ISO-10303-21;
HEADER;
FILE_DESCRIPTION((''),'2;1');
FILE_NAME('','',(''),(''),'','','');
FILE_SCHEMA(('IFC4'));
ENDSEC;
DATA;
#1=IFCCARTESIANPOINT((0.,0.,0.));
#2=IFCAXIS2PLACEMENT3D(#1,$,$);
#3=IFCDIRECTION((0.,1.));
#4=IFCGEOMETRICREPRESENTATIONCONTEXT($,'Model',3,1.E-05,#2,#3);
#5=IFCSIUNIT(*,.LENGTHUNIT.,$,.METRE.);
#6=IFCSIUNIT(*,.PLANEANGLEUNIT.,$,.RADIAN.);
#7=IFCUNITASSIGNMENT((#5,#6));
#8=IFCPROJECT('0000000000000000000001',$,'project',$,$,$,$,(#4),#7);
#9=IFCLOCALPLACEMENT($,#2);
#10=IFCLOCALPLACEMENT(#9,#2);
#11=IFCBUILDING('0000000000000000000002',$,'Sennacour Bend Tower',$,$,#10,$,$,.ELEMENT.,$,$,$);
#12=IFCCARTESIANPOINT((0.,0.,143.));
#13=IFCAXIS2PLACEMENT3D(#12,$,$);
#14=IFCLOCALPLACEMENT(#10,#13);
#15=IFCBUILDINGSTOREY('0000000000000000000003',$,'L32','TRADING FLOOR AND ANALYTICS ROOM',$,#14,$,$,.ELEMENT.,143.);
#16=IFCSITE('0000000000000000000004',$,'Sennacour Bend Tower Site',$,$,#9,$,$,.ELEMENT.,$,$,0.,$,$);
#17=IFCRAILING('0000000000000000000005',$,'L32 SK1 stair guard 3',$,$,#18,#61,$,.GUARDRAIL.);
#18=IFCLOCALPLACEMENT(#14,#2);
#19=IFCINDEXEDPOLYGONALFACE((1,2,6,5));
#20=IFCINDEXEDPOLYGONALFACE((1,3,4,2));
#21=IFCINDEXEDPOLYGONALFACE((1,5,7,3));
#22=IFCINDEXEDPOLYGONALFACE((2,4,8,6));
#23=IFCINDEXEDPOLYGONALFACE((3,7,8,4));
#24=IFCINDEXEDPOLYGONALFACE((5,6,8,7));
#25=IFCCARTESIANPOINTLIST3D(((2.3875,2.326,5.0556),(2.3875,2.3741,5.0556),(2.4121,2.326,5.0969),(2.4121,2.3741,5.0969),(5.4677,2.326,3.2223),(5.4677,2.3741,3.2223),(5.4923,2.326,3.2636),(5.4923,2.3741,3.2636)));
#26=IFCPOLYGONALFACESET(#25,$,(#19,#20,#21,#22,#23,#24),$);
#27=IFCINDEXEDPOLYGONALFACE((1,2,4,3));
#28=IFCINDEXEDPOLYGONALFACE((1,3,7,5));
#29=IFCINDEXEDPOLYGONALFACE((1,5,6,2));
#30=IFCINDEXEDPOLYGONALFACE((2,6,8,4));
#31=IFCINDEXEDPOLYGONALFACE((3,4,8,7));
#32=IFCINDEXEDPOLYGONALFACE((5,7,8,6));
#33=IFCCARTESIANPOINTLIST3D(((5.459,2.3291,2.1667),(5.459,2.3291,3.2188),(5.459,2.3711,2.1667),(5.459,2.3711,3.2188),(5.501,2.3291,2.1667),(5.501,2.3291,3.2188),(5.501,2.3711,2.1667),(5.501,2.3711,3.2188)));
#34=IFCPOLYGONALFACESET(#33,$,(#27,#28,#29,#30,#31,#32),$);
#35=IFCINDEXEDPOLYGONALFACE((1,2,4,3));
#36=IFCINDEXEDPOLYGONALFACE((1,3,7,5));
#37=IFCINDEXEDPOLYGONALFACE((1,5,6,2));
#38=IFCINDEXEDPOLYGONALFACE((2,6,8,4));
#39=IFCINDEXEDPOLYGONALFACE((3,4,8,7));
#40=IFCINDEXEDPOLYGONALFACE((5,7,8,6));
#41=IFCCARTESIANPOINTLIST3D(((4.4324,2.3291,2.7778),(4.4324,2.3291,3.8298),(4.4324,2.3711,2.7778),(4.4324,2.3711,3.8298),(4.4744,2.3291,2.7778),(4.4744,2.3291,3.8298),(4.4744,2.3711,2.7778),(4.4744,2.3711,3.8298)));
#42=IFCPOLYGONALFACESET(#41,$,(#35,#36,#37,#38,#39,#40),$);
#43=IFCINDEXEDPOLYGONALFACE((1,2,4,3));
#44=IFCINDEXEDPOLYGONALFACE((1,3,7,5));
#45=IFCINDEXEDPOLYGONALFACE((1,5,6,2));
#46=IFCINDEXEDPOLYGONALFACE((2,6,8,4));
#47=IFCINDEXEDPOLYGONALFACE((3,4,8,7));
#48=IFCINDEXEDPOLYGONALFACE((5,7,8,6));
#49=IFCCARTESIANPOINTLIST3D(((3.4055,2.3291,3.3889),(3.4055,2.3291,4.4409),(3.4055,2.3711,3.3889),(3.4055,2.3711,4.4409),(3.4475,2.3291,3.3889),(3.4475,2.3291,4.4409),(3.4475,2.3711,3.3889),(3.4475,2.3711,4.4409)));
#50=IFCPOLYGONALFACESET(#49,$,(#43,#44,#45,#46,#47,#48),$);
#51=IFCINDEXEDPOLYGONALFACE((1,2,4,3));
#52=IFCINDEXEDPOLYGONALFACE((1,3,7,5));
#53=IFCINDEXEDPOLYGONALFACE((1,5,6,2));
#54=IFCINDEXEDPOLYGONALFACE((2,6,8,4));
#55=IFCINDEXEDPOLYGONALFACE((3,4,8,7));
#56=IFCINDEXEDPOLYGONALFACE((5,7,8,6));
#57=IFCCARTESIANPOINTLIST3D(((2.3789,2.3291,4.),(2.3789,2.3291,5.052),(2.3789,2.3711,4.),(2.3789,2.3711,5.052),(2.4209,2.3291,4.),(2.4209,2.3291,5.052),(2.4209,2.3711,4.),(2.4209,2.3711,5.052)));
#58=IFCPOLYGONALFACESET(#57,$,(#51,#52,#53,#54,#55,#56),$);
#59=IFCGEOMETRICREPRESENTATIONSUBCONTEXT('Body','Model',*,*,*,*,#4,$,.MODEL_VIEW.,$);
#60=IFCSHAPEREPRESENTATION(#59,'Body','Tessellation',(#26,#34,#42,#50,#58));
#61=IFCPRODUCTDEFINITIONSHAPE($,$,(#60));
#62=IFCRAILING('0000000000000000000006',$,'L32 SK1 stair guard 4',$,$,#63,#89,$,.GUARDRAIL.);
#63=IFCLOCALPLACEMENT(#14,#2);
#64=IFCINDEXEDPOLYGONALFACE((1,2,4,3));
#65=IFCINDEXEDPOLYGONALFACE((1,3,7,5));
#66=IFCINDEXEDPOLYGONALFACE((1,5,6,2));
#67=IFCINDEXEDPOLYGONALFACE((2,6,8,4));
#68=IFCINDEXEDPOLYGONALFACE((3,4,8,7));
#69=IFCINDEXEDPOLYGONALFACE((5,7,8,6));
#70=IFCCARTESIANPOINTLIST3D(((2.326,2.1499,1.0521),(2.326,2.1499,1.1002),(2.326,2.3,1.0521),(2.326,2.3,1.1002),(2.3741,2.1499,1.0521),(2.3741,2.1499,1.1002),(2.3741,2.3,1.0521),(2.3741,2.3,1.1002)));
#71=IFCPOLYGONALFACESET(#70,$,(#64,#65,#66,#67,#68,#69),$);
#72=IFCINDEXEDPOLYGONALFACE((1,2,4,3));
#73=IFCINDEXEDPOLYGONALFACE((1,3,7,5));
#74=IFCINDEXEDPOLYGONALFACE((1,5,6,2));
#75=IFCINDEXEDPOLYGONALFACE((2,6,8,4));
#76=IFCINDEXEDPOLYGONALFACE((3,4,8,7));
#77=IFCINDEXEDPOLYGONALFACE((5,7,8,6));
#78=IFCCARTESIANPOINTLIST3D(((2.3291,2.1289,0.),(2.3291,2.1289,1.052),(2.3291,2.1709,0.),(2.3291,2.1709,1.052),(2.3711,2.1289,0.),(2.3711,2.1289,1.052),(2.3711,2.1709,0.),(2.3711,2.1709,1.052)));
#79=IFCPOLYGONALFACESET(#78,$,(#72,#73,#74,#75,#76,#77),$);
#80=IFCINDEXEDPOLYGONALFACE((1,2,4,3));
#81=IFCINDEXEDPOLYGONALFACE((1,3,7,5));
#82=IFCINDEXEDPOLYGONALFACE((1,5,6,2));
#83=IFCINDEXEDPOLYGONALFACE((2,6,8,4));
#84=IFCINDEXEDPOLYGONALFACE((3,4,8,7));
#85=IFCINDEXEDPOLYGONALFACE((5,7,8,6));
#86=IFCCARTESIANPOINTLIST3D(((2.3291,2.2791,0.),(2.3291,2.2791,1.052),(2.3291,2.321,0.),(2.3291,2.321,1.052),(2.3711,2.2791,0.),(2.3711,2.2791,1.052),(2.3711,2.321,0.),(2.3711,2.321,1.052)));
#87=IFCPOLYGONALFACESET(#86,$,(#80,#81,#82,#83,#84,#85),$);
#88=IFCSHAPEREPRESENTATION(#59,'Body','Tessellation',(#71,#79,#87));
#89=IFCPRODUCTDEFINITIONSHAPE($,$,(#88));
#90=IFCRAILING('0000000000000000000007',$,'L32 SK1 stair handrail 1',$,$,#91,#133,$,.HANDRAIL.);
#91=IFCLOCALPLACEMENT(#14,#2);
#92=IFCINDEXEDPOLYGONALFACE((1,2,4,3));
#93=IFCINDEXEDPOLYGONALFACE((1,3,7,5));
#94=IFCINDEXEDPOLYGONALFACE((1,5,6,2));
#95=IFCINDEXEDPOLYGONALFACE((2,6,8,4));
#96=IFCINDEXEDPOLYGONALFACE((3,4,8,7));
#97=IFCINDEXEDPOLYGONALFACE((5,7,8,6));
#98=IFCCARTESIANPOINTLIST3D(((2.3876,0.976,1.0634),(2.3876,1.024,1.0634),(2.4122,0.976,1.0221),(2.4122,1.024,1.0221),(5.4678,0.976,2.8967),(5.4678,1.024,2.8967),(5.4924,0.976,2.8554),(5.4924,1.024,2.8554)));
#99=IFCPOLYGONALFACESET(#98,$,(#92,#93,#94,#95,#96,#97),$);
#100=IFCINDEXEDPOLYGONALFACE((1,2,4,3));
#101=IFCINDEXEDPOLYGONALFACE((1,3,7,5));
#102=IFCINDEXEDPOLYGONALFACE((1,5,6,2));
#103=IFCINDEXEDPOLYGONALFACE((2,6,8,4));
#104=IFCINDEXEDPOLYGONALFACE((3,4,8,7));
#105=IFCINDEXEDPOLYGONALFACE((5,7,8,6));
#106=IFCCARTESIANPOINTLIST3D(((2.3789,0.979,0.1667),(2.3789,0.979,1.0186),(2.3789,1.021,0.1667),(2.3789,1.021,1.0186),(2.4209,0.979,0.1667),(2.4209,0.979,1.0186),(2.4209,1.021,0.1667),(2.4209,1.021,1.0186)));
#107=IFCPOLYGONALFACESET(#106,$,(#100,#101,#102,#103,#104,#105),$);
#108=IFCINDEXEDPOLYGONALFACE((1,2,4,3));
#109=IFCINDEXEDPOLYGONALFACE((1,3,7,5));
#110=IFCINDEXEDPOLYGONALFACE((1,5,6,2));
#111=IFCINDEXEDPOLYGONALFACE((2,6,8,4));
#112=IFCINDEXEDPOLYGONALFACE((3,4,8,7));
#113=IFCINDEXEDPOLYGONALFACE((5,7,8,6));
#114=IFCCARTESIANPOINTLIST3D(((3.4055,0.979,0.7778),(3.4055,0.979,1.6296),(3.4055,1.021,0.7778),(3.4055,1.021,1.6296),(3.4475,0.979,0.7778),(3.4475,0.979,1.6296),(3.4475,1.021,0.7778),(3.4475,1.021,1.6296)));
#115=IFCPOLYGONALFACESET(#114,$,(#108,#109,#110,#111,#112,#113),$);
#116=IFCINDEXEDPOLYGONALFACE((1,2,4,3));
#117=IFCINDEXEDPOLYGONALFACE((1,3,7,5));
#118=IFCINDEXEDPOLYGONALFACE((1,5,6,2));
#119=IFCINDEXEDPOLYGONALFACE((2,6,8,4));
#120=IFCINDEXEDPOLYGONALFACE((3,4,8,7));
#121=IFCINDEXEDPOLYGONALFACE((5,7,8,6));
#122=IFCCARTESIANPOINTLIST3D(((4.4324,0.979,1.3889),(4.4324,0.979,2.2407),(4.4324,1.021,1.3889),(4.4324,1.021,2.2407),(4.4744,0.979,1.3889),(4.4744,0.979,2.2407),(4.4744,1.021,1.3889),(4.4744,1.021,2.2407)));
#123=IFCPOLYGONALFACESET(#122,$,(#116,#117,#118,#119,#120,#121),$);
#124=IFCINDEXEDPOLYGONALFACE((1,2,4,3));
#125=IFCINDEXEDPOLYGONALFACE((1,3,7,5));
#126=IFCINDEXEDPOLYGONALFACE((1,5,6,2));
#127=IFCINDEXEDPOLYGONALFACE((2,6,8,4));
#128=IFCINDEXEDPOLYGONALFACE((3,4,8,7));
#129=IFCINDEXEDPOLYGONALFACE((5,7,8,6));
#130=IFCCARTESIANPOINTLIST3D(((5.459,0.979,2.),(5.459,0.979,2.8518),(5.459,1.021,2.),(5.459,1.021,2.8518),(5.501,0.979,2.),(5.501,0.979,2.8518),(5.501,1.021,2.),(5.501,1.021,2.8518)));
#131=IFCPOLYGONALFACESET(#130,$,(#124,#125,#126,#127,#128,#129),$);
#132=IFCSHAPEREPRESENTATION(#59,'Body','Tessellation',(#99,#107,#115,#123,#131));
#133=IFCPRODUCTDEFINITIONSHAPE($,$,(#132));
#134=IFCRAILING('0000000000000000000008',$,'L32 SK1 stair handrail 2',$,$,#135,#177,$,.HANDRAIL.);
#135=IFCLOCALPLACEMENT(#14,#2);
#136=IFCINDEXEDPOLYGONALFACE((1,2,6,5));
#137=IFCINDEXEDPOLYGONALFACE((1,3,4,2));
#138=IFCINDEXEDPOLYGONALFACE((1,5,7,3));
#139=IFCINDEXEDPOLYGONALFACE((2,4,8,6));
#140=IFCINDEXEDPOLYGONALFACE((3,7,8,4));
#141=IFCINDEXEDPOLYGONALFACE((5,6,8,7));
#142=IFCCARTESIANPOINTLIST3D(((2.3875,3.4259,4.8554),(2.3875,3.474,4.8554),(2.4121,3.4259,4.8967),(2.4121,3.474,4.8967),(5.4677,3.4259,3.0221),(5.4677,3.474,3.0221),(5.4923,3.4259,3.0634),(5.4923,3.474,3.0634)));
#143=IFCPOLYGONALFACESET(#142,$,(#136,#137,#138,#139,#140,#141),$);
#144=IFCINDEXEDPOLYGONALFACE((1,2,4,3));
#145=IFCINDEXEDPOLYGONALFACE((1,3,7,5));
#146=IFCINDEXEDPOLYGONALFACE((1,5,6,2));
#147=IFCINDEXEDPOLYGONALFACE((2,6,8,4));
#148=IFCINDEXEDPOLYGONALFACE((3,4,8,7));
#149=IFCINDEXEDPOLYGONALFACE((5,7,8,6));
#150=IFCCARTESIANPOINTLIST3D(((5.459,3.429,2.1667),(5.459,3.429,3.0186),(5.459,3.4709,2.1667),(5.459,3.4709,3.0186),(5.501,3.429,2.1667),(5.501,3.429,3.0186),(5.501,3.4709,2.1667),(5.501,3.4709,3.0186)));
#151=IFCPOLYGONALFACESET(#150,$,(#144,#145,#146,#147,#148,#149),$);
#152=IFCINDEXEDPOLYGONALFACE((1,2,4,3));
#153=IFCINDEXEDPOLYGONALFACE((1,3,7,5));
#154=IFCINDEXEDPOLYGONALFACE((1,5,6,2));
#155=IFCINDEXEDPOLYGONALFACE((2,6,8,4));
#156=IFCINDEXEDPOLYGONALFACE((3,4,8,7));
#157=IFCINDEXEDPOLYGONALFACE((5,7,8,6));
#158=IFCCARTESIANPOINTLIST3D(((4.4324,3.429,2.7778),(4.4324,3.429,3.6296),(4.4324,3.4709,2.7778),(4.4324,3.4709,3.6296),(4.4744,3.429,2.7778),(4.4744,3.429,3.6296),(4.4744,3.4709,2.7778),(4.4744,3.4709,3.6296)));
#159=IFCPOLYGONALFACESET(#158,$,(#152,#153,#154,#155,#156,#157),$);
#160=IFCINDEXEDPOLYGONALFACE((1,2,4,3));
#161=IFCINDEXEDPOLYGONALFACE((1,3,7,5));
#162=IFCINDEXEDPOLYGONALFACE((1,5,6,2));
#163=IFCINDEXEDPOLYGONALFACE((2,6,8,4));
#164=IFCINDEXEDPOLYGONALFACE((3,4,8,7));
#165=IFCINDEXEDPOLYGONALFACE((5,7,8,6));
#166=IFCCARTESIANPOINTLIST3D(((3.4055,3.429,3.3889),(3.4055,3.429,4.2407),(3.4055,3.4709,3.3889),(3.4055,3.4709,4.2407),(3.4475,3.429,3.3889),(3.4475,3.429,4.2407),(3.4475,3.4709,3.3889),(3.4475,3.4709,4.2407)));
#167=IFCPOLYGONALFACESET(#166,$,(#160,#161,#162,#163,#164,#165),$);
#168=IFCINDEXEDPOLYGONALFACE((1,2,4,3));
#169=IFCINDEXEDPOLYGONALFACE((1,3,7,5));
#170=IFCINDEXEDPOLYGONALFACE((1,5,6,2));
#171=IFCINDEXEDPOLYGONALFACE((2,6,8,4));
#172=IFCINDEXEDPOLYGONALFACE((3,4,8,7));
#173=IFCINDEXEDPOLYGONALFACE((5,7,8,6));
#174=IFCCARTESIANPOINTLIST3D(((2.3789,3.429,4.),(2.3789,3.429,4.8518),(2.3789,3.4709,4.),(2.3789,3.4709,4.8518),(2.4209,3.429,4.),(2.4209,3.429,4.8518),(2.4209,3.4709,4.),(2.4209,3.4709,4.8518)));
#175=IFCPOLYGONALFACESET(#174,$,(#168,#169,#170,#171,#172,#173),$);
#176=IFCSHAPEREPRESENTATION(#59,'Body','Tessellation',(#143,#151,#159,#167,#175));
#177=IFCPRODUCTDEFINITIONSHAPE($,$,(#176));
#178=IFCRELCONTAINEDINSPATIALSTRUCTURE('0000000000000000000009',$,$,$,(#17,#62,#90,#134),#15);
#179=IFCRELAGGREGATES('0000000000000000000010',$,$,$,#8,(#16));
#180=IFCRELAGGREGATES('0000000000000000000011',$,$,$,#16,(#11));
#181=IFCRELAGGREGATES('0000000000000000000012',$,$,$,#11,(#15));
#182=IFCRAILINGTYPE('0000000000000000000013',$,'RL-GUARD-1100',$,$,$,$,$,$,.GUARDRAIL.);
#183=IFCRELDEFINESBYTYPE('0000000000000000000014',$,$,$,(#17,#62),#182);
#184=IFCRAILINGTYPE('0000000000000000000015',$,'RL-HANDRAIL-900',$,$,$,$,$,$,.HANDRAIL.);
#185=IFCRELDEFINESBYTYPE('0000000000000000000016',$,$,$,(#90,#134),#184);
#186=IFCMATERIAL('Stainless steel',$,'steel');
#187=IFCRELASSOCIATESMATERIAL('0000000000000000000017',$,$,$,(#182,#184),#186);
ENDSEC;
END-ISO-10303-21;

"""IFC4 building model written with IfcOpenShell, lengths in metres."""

from ifc_helpers import new_model, si_unit, direction, frame, origin, origin_2d, place, context, subcontext, project, spatial, rectangle, extrude, material, type_object, element, save


model = new_model("IFC4")

# Units and contexts
model_context = context("Model", 3, precision=1e-05, world=origin(), true_north=direction((0.0, 1.0)))
body_context = subcontext(model_context, "Body", "Model", "MODEL_VIEW")
ifc_project = project(units=[si_unit("LENGTHUNIT", "METRE"), si_unit("PLANEANGLEUNIT", "RADIAN")], contexts=[model_context])

# Site, building, storey
site_placement = place(None, origin())
site = spatial("IfcSite", under=ifc_project, at=site_placement, Name="Sennacour Bend Tower Site", CompositionType="ELEMENT", RefElevation=0.0)
building_placement = place(site_placement, origin())
building = spatial("IfcBuilding", under=site, at=building_placement, Name="Sennacour Bend Tower", CompositionType="ELEMENT")
storey_placement = place(building_placement, frame((0.0, 0.0, 143.0)))
storey = spatial("IfcBuildingStorey", under=building, at=storey_placement, Name="L32", Description="TRADING FLOOR AND ANALYTICS ROOM", CompositionType="ELEMENT", Elevation=143.0)

# Railings
ifc_material_1 = material(Name="Stainless steel", Category="steel")
railing_type_1 = type_object("IfcRailingType", Name="RL-GUARD-1100", PredefinedType="GUARDRAIL", material=ifc_material_1)
railing_1_placement = place(storey_placement, frame((5.48, 2.3501, 2.1667)))
element("IfcRailing", 1, at=railing_1_placement, inside=storey, type_object=railing_type_1, Name="L32 SK1 stair guard 3", PredefinedType="GUARDRAIL", context=body_context, shape_type="SweptSolid", body=[
    extrude(rectangle(XDim=0.0481, YDim=0.0481, at=origin_2d()), frame((0.0, 0.0, 1.0762), z_axis=(-0.859309, 0.0, 0.511458), x_axis=(0.0, -1.0, 0.0)), (0.0, 0.0, 1.0), 3.5845),
    extrude(rectangle(XDim=0.042, YDim=0.042, at=origin_2d()), origin(), (0.0, 0.0, 1.0), 1.052),
    extrude(rectangle(XDim=0.042, YDim=0.042, at=origin_2d()), frame((-1.0266, 0.0, 0.6111)), (0.0, 0.0, 1.0), 1.052),
    extrude(rectangle(XDim=0.042, YDim=0.042, at=origin_2d()), frame((-2.0535, 0.0, 1.2222)), (0.0, 0.0, 1.0), 1.052),
    extrude(rectangle(XDim=0.042, YDim=0.042, at=origin_2d()), frame((-3.0801, 0.0, 1.8333)), (0.0, 0.0, 1.0), 1.052),
])
railing_2_placement = place(storey_placement, frame((2.3501, 2.1499, 0.0)))
element("IfcRailing", 2, at=railing_2_placement, inside=storey, type_object=railing_type_1, Name="L32 SK1 stair guard 4", PredefinedType="GUARDRAIL", context=body_context, shape_type="SweptSolid", body=[
    extrude(rectangle(XDim=0.0481, YDim=0.0481, at=origin_2d()), frame((0.0, 0.0, 1.0762), z_axis=(0.0, 1.0, 0.0), x_axis=(-1.0, 0.0, 0.0)), (0.0, 0.0, 1.0), 0.1501),
    extrude(rectangle(XDim=0.042, YDim=0.042, at=origin_2d()), origin(), (0.0, 0.0, 1.0), 1.052),
    extrude(rectangle(XDim=0.042, YDim=0.042, at=origin_2d()), frame((0.0, 0.1501, 0.0)), (0.0, 0.0, 1.0), 1.052),
])
railing_type_2 = type_object("IfcRailingType", Name="RL-HANDRAIL-900", PredefinedType="HANDRAIL", material=ifc_material_1)
railing_3_placement = place(storey_placement, frame((2.3999, 1.0, 0.1667)))
element("IfcRailing", 3, at=railing_3_placement, inside=storey, type_object=railing_type_2, Name="L32 SK1 stair handrail 1", PredefinedType="HANDRAIL", context=body_context, shape_type="SweptSolid", body=[
    extrude(rectangle(XDim=0.0481, YDim=0.0481, at=origin_2d()), frame((0.0, 0.0, 0.876), z_axis=(0.859309, 0.0, 0.511458), x_axis=(0.0, 1.0, 0.0)), (0.0, 0.0, 1.0), 3.5845),
    extrude(rectangle(XDim=0.042, YDim=0.042, at=origin_2d()), origin(), (0.0, 0.0, 1.0), 0.8518),
    extrude(rectangle(XDim=0.042, YDim=0.042, at=origin_2d()), frame((1.0266, 0.0, 0.6111)), (0.0, 0.0, 1.0), 0.8518),
    extrude(rectangle(XDim=0.042, YDim=0.042, at=origin_2d()), frame((2.0535, 0.0, 1.2222)), (0.0, 0.0, 1.0), 0.8518),
    extrude(rectangle(XDim=0.042, YDim=0.042, at=origin_2d()), frame((3.0801, 0.0, 1.8333)), (0.0, 0.0, 1.0), 0.8518),
])
railing_4_placement = place(storey_placement, frame((5.48, 3.45, 2.1667)))
element("IfcRailing", 4, at=railing_4_placement, inside=storey, type_object=railing_type_2, Name="L32 SK1 stair handrail 2", PredefinedType="HANDRAIL", context=body_context, shape_type="SweptSolid", body=[
    extrude(rectangle(XDim=0.0481, YDim=0.0481, at=origin_2d()), frame((0.0, 0.0, 0.876), z_axis=(-0.859309, 0.0, 0.511458), x_axis=(0.0, -1.0, 0.0)), (0.0, 0.0, 1.0), 3.5845),
    extrude(rectangle(XDim=0.042, YDim=0.042, at=origin_2d()), origin(), (0.0, 0.0, 1.0), 0.8518),
    extrude(rectangle(XDim=0.042, YDim=0.042, at=origin_2d()), frame((-1.0266, 0.0, 0.6111)), (0.0, 0.0, 1.0), 0.8518),
    extrude(rectangle(XDim=0.042, YDim=0.042, at=origin_2d()), frame((-2.0535, 0.0, 1.2222)), (0.0, 0.0, 1.0), 0.8518),
    extrude(rectangle(XDim=0.042, YDim=0.042, at=origin_2d()), frame((-3.0801, 0.0, 1.8333)), (0.0, 0.0, 1.0), 0.8518),
])

save(model, "model.ifc")
